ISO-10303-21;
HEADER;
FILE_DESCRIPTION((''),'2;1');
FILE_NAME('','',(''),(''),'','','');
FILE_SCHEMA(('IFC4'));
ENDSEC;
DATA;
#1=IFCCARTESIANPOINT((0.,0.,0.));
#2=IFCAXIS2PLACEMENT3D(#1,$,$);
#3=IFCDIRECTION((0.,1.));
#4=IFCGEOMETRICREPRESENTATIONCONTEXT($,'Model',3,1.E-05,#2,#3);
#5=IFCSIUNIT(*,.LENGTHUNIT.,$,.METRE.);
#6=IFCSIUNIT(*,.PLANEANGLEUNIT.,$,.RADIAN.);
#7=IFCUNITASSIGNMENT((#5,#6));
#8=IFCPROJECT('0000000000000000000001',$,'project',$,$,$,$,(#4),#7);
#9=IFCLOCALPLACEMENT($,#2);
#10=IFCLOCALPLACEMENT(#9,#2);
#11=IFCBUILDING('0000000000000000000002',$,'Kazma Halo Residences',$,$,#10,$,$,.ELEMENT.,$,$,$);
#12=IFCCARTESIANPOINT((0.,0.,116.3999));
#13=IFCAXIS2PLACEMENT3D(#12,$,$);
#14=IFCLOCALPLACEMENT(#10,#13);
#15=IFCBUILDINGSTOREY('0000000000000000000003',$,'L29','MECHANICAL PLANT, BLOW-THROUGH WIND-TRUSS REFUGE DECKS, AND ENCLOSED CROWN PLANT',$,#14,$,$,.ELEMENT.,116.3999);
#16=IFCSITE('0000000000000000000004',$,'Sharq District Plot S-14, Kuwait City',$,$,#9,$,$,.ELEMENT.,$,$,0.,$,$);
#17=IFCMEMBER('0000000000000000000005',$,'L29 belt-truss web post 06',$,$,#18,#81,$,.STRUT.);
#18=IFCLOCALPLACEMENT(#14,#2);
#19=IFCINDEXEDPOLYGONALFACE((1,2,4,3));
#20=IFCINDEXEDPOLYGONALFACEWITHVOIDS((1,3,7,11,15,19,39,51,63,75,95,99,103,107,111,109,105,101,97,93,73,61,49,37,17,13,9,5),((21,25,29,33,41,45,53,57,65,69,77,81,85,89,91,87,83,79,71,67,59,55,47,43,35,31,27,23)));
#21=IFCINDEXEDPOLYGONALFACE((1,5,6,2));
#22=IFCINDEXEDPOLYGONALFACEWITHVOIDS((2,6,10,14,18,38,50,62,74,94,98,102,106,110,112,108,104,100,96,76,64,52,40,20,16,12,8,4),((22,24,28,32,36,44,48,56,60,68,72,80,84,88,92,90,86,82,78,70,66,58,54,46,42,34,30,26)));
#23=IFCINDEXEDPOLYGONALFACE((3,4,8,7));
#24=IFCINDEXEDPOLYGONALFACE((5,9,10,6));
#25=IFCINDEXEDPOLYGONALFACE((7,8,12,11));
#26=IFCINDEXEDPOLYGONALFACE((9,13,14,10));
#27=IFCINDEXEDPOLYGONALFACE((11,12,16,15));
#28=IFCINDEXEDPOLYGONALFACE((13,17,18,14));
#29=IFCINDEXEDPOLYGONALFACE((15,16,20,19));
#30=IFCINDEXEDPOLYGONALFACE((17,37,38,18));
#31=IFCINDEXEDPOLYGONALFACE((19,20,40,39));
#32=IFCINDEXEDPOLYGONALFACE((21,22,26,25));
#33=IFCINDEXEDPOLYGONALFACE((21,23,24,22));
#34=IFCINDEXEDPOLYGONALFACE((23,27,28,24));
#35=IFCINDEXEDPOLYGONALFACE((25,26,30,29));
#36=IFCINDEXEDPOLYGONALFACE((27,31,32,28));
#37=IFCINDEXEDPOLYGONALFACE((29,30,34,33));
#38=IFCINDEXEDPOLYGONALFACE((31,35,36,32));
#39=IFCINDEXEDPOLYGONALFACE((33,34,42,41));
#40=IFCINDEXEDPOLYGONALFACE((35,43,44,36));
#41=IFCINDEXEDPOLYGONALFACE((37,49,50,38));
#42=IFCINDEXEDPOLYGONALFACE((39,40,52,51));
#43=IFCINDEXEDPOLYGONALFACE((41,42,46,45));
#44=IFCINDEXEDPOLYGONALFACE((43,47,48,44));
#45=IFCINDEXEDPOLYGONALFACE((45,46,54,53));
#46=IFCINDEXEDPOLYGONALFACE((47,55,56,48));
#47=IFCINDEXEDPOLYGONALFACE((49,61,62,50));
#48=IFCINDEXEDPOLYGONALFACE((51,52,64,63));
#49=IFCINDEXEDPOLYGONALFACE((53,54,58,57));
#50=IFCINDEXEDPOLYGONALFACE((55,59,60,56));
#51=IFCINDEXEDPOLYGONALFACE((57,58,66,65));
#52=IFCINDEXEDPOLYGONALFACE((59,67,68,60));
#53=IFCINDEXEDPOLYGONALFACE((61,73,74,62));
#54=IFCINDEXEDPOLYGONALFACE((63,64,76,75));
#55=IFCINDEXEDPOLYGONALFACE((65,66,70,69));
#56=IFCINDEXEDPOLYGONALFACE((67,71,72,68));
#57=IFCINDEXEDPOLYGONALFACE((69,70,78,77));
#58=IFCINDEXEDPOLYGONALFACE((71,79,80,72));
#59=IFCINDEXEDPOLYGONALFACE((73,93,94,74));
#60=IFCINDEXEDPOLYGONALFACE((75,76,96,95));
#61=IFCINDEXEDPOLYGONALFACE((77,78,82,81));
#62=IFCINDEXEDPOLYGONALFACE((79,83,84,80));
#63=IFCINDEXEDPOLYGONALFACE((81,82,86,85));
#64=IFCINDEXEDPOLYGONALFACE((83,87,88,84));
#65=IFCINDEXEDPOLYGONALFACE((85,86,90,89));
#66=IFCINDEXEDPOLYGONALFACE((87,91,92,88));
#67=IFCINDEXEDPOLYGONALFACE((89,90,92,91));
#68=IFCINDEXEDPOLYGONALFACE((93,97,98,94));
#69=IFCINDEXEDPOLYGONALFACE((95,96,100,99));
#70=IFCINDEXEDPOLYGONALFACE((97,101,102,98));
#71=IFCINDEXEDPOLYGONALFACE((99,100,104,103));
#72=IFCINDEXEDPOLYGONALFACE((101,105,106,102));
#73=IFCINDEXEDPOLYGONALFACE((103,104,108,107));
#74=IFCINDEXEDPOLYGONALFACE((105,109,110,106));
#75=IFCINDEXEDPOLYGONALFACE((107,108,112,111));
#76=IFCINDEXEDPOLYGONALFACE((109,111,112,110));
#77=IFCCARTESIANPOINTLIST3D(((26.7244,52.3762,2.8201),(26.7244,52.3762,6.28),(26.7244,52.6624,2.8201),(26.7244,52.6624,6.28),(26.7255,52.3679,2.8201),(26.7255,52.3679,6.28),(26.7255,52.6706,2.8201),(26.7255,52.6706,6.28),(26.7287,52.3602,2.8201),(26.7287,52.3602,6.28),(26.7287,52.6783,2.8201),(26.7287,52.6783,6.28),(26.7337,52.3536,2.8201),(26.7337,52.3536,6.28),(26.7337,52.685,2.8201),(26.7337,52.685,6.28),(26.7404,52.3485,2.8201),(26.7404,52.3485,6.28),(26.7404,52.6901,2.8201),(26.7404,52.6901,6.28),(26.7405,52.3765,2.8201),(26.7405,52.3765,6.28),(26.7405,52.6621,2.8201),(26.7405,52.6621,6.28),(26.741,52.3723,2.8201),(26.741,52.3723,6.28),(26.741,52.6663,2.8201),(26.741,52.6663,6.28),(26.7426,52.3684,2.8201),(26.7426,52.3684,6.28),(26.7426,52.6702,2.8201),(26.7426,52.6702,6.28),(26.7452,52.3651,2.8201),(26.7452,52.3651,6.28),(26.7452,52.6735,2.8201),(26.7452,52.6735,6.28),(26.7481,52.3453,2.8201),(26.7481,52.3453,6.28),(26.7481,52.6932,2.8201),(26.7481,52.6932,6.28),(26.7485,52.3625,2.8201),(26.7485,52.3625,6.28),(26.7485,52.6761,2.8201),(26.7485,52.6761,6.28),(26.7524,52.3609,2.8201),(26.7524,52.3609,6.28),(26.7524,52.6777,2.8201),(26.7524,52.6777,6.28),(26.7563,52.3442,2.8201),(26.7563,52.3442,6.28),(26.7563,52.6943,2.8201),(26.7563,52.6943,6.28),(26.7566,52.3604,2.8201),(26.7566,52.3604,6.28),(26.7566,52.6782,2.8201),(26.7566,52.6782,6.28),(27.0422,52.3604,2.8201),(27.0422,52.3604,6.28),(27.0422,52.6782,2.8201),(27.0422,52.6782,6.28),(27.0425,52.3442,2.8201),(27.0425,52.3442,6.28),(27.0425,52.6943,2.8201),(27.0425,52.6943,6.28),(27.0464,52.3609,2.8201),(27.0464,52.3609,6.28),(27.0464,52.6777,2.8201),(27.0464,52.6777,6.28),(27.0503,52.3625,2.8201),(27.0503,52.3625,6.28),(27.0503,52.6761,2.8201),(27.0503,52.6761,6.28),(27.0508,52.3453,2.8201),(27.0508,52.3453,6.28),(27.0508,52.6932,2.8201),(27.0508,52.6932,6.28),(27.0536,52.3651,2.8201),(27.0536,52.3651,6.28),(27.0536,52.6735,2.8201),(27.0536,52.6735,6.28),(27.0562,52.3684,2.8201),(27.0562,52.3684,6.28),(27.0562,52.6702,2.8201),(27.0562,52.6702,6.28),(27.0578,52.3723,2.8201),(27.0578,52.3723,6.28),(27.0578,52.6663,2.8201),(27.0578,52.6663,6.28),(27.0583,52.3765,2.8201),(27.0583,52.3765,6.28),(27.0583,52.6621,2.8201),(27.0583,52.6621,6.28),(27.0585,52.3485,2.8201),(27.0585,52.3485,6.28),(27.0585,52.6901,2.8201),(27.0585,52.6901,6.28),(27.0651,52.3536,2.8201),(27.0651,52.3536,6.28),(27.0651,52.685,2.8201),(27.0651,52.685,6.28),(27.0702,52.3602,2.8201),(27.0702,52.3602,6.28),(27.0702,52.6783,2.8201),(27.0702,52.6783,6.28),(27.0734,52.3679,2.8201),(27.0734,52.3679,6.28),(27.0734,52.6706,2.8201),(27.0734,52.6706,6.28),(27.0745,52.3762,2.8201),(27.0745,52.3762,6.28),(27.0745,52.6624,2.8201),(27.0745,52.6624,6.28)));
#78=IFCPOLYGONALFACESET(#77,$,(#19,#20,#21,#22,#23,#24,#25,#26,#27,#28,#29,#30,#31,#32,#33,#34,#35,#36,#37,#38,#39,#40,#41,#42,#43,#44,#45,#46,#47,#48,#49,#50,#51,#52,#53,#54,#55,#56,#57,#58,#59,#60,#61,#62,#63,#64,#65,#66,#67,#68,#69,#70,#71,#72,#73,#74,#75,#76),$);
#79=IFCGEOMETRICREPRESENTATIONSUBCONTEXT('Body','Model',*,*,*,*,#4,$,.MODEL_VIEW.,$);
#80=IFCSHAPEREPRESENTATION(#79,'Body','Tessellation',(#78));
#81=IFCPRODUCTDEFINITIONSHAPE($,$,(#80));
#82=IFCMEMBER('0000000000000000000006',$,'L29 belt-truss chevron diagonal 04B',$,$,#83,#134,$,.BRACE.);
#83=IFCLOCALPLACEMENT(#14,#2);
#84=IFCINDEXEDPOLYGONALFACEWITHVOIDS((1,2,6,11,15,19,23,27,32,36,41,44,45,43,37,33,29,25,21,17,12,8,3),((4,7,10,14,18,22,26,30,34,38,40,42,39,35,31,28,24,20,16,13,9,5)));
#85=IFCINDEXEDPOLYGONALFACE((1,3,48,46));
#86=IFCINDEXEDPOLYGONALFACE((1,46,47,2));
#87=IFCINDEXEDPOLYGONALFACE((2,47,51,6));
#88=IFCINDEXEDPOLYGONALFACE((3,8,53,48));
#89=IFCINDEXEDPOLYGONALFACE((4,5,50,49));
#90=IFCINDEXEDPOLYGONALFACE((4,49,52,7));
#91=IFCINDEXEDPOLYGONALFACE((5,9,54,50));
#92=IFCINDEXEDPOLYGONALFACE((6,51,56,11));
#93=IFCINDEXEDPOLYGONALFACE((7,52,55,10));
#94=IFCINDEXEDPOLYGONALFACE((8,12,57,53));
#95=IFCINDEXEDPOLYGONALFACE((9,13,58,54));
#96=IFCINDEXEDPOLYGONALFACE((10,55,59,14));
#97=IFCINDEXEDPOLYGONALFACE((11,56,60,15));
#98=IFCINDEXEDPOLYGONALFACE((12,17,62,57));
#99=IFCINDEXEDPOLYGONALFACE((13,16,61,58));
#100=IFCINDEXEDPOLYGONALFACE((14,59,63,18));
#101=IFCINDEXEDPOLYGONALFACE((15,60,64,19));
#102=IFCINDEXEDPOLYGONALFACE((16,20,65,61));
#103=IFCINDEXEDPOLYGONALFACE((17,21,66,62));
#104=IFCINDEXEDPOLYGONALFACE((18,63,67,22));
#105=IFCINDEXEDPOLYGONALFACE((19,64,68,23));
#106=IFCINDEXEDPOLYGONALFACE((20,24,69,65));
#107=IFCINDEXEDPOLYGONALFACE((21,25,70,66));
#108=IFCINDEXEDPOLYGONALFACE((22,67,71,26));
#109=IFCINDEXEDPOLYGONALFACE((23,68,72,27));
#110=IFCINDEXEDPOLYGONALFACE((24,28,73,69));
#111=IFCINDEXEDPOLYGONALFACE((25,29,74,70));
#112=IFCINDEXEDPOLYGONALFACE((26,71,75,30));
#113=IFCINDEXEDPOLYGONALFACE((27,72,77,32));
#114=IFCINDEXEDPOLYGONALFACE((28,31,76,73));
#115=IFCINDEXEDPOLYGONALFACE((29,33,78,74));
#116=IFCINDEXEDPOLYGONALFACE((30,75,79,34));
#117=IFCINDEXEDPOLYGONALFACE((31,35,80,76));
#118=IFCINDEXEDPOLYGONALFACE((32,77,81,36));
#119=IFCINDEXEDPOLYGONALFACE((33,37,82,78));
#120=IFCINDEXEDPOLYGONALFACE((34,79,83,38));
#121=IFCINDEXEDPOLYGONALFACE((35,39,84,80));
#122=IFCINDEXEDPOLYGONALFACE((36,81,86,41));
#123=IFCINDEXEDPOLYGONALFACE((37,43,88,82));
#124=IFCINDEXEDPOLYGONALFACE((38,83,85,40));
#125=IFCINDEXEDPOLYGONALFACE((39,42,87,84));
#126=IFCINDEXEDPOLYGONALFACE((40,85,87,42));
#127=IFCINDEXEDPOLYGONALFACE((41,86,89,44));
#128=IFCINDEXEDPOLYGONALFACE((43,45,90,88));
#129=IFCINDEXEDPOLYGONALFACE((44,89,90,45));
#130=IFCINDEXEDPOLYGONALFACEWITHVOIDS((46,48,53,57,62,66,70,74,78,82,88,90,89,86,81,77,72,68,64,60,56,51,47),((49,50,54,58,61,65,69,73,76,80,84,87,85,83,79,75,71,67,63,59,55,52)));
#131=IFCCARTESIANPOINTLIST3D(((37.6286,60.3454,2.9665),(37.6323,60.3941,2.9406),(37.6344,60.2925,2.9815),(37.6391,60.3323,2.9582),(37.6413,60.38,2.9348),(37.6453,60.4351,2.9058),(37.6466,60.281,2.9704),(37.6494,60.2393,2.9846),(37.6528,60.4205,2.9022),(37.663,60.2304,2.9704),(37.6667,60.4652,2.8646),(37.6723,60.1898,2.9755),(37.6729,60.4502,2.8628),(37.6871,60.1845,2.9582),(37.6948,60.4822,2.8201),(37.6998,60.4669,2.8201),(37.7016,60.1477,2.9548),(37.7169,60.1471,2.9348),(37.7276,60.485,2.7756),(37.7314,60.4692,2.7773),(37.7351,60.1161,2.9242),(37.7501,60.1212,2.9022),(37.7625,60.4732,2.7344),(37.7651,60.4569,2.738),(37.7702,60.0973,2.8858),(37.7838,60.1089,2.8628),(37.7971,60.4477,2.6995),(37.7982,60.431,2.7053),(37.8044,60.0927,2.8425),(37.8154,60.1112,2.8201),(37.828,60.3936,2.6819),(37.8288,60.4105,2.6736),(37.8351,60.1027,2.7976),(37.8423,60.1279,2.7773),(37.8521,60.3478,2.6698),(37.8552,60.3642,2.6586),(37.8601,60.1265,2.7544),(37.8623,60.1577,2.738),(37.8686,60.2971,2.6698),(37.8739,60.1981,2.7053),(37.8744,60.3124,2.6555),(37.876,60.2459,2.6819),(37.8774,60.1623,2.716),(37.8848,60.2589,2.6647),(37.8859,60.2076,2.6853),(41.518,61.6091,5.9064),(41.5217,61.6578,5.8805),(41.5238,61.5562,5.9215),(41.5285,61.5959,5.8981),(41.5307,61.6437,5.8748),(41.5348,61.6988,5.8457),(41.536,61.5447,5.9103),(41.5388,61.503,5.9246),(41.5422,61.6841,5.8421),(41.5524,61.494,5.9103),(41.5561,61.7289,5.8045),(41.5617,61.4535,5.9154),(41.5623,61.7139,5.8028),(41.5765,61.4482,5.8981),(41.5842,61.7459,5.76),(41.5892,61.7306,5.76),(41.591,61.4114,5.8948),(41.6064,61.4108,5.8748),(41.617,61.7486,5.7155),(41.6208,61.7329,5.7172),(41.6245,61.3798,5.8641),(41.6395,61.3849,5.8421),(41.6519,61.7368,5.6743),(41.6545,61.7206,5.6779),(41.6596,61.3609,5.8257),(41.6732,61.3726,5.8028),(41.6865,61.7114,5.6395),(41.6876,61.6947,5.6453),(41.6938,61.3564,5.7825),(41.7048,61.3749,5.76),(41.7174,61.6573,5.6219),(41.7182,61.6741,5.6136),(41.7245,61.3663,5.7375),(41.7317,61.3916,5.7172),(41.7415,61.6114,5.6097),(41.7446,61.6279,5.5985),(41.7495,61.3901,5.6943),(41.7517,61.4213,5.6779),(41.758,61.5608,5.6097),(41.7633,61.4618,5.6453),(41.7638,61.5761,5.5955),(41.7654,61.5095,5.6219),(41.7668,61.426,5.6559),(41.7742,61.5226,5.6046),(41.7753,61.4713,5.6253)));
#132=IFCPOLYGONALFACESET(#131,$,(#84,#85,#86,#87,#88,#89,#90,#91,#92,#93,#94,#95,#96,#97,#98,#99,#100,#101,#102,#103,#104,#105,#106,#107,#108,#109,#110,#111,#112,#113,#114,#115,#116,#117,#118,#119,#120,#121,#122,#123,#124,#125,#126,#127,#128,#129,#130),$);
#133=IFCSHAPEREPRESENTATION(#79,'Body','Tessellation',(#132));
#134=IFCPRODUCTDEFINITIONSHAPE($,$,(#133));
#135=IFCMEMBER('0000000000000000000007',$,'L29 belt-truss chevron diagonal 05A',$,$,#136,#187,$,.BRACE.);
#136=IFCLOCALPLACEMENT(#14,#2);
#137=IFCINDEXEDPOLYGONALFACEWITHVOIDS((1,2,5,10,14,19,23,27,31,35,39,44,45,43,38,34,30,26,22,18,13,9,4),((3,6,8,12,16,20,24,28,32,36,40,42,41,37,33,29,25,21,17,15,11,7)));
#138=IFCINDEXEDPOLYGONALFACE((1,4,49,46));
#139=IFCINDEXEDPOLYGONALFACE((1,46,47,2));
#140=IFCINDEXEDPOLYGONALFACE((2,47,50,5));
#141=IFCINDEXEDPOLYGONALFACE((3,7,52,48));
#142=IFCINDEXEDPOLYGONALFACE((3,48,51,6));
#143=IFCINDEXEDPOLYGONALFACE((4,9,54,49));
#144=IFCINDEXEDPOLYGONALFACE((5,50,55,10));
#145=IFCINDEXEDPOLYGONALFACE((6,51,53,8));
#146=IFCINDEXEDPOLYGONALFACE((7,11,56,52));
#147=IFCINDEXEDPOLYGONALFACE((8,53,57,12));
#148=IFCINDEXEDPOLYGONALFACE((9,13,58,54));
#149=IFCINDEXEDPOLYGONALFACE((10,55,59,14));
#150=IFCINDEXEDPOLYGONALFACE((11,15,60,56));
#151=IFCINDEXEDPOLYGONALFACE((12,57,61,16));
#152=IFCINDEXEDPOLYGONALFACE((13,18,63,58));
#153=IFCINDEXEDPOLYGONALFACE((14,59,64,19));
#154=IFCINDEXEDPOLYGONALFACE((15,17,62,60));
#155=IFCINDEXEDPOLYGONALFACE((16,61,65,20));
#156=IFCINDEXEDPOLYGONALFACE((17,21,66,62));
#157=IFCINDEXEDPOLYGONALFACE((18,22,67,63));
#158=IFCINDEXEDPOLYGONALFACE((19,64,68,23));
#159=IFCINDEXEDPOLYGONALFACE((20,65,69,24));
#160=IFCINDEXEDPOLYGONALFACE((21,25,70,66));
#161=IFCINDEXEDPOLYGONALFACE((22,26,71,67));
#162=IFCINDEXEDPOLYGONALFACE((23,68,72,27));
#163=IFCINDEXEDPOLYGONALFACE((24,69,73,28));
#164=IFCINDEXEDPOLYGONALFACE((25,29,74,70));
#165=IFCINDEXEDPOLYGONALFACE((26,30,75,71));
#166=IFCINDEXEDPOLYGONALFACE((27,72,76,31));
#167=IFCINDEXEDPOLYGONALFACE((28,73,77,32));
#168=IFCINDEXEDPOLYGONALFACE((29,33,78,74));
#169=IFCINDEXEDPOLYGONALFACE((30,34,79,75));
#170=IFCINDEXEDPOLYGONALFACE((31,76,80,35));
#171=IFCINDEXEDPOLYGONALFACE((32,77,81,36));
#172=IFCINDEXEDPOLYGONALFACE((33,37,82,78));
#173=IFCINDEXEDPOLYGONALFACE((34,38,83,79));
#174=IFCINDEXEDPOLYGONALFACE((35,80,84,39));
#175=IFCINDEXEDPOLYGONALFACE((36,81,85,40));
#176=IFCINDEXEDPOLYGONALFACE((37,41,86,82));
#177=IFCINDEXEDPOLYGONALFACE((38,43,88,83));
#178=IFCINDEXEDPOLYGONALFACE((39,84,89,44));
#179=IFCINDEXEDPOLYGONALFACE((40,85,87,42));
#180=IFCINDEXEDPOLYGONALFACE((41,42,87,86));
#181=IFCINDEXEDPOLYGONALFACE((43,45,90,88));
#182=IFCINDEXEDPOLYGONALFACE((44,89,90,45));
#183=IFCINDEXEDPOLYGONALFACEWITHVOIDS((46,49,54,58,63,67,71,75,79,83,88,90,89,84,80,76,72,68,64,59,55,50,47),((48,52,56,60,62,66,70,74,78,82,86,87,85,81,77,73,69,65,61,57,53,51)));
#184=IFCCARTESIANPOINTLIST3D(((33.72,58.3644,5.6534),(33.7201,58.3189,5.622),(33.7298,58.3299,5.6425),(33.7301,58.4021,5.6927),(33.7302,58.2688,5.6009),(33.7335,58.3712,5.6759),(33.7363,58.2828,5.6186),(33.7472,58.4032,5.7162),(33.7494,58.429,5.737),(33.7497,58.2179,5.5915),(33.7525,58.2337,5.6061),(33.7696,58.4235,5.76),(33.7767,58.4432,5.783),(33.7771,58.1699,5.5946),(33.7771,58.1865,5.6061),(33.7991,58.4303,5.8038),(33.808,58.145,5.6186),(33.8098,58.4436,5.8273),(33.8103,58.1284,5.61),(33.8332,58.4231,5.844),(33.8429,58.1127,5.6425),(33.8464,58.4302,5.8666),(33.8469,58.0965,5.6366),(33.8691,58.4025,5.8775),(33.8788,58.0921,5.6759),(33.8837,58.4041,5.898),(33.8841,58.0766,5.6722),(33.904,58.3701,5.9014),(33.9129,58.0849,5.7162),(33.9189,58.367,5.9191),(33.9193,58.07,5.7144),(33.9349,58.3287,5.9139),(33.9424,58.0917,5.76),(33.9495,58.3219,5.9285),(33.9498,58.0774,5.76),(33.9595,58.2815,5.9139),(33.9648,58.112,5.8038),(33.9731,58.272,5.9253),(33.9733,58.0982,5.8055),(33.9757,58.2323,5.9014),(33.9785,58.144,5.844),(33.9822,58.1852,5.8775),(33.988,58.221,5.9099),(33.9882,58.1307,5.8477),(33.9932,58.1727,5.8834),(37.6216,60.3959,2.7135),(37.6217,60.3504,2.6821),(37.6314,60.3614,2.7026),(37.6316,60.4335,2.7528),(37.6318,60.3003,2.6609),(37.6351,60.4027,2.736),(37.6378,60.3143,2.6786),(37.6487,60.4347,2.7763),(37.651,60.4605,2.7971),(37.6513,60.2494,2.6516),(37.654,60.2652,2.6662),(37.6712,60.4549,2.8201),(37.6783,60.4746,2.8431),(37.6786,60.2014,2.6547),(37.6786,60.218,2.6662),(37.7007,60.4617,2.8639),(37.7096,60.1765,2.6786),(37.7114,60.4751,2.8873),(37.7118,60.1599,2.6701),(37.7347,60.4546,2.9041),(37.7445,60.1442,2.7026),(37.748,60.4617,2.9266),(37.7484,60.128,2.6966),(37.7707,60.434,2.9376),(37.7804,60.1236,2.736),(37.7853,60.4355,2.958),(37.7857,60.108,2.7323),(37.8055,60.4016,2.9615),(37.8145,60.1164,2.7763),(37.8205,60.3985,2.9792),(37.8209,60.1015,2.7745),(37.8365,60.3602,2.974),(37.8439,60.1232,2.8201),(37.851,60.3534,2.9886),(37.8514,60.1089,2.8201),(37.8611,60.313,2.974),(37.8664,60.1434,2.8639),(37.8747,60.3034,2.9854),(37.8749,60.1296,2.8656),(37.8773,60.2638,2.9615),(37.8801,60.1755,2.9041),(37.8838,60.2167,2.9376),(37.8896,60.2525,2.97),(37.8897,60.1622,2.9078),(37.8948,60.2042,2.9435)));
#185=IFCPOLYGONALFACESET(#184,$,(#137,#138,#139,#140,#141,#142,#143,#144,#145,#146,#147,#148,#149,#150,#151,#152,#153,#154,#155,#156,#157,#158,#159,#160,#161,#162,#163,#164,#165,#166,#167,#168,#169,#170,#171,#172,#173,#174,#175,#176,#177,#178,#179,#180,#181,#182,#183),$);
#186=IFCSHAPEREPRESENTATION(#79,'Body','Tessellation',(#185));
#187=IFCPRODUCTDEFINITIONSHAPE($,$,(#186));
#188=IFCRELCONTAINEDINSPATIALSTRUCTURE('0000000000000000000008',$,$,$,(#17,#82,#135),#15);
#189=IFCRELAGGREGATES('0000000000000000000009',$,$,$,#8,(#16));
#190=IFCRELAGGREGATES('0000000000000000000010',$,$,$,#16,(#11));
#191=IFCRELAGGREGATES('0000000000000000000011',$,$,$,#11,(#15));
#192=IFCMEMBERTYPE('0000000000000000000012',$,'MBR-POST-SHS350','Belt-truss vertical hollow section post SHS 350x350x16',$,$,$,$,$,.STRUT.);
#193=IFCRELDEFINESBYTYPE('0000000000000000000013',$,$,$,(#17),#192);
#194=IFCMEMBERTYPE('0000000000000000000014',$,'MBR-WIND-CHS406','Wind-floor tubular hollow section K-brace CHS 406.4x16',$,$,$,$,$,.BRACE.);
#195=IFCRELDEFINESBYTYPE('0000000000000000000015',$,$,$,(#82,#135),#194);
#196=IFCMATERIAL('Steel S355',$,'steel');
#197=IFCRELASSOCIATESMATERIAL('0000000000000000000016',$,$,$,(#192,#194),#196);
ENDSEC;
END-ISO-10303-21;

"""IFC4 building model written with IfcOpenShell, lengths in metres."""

from ifc_helpers import new_model, si_unit, direction, frame, origin, origin_2d, place, context, subcontext, project, spatial, hollow_rectangle, hollow_circle, extrude, material, material_profile, profile_set, type_object, element, save


model = new_model("IFC4")

# Units and contexts
model_context = context("Model", 3, precision=1e-05, world=origin(), true_north=direction((0.0, 1.0)))
body_context = subcontext(model_context, "Body", "Model", "MODEL_VIEW")
ifc_project = project(units=[si_unit("LENGTHUNIT", "METRE"), si_unit("PLANEANGLEUNIT", "RADIAN")], contexts=[model_context])

# Site, building, storey
site_placement = place(None, origin())
site = spatial("IfcSite", under=ifc_project, at=site_placement, Name="Sharq District Plot S-14, Kuwait City", CompositionType="ELEMENT", RefElevation=0.0)
building_placement = place(site_placement, origin())
building = spatial("IfcBuilding", under=site, at=building_placement, Name="Kazma Halo Residences", CompositionType="ELEMENT")
storey_placement = place(building_placement, frame((0.0, 0.0, 116.3999)))
storey = spatial("IfcBuildingStorey", under=building, at=storey_placement, Name="L29", Description="MECHANICAL PLANT, BLOW-THROUGH WIND-TRUSS REFUGE DECKS, AND ENCLOSED CROWN PLANT", CompositionType="ELEMENT", Elevation=116.3999)

# Shared definitions
ifc_material_1 = material(Name="Steel S355", Category="steel")

# Members
ifc_material_profile_1 = material_profile(ifc_material_1, hollow_rectangle(XDim=0.3501, YDim=0.3501, WallThickness=0.0161, InnerFilletRadius=0.0161, OuterFilletRadius=0.032, at=origin_2d()), Name="SHS350x350x16")
ifc_profile_set_1 = profile_set([ifc_material_profile_1], Name="Steel S355")
member_type_1 = type_object("IfcMemberType", Name="MBR-POST-SHS350", Description="Belt-truss vertical hollow section post SHS 350x350x16", PredefinedType="STRUT", material=ifc_profile_set_1)
for number, where, z_axis, x_axis, name in (
    (1, (26.8994, 52.5193, 2.8201), (0.0, 0.0, 1.0), (1.0, 0.0, 0.0), "L29 belt-truss web post 06"),
):
    element("IfcMember", number, at=place(storey_placement, frame(where, z_axis=z_axis, x_axis=x_axis)), inside=storey, type_object=member_type_1, Name=name, PredefinedType="STRUT", context=body_context, shape_type="SweptSolid", body=[
        extrude(hollow_rectangle(XDim=0.3501, YDim=0.3501, WallThickness=0.0161, InnerFilletRadius=0.0161, OuterFilletRadius=0.032, at=origin_2d()), origin(), (0.0, 0.0, 1.0), 3.46),
    ])
ifc_material_profile_2 = material_profile(ifc_material_1, hollow_circle(Radius=0.2031, WallThickness=0.0161, at=origin_2d()), Name="CHS406.4x16")
ifc_profile_set_2 = profile_set([ifc_material_profile_2], Name="Steel S355")
member_type_2 = type_object("IfcMemberType", Name="MBR-WIND-CHS406", Description="Wind-floor tubular hollow section K-brace CHS 406.4x16", PredefinedType="BRACE", material=ifc_profile_set_2)
member_1_placement = place(storey_placement, frame((37.7576, 60.2891, 2.8201), z_axis=(0.772224, 0.250897, 0.583713), x_axis=(-0.309001, 0.951062, 0.0)))
element("IfcMember", 2, at=member_1_placement, inside=storey, type_object=member_type_2, Name="L29 belt-truss chevron diagonal 04B", PredefinedType="BRACE", context=body_context, shape_type="SweptSolid", body=[
    extrude(hollow_circle(Radius=0.2031, WallThickness=0.0161, at=origin_2d()), origin(), (0.0, 0.0, 1.0), 5.0366),
])
for number, where, z_axis, x_axis, name in (
    (3, (37.7576, 60.2891, 2.8201), (-0.73743, -0.383966, 0.555668), (0.461828, -0.88697, 0.0), "L29 belt-truss chevron diagonal 05A"),
):
    element("IfcMember", number, at=place(storey_placement, frame(where, z_axis=z_axis, x_axis=x_axis)), inside=storey, type_object=member_type_2, Name=name, PredefinedType="BRACE", context=body_context, shape_type="SweptSolid", body=[
        extrude(hollow_circle(Radius=0.2031, WallThickness=0.0161, at=origin_2d()), origin(), (0.0, 0.0, 1.0), 5.2908),
    ])

save(model, "model.ifc")
